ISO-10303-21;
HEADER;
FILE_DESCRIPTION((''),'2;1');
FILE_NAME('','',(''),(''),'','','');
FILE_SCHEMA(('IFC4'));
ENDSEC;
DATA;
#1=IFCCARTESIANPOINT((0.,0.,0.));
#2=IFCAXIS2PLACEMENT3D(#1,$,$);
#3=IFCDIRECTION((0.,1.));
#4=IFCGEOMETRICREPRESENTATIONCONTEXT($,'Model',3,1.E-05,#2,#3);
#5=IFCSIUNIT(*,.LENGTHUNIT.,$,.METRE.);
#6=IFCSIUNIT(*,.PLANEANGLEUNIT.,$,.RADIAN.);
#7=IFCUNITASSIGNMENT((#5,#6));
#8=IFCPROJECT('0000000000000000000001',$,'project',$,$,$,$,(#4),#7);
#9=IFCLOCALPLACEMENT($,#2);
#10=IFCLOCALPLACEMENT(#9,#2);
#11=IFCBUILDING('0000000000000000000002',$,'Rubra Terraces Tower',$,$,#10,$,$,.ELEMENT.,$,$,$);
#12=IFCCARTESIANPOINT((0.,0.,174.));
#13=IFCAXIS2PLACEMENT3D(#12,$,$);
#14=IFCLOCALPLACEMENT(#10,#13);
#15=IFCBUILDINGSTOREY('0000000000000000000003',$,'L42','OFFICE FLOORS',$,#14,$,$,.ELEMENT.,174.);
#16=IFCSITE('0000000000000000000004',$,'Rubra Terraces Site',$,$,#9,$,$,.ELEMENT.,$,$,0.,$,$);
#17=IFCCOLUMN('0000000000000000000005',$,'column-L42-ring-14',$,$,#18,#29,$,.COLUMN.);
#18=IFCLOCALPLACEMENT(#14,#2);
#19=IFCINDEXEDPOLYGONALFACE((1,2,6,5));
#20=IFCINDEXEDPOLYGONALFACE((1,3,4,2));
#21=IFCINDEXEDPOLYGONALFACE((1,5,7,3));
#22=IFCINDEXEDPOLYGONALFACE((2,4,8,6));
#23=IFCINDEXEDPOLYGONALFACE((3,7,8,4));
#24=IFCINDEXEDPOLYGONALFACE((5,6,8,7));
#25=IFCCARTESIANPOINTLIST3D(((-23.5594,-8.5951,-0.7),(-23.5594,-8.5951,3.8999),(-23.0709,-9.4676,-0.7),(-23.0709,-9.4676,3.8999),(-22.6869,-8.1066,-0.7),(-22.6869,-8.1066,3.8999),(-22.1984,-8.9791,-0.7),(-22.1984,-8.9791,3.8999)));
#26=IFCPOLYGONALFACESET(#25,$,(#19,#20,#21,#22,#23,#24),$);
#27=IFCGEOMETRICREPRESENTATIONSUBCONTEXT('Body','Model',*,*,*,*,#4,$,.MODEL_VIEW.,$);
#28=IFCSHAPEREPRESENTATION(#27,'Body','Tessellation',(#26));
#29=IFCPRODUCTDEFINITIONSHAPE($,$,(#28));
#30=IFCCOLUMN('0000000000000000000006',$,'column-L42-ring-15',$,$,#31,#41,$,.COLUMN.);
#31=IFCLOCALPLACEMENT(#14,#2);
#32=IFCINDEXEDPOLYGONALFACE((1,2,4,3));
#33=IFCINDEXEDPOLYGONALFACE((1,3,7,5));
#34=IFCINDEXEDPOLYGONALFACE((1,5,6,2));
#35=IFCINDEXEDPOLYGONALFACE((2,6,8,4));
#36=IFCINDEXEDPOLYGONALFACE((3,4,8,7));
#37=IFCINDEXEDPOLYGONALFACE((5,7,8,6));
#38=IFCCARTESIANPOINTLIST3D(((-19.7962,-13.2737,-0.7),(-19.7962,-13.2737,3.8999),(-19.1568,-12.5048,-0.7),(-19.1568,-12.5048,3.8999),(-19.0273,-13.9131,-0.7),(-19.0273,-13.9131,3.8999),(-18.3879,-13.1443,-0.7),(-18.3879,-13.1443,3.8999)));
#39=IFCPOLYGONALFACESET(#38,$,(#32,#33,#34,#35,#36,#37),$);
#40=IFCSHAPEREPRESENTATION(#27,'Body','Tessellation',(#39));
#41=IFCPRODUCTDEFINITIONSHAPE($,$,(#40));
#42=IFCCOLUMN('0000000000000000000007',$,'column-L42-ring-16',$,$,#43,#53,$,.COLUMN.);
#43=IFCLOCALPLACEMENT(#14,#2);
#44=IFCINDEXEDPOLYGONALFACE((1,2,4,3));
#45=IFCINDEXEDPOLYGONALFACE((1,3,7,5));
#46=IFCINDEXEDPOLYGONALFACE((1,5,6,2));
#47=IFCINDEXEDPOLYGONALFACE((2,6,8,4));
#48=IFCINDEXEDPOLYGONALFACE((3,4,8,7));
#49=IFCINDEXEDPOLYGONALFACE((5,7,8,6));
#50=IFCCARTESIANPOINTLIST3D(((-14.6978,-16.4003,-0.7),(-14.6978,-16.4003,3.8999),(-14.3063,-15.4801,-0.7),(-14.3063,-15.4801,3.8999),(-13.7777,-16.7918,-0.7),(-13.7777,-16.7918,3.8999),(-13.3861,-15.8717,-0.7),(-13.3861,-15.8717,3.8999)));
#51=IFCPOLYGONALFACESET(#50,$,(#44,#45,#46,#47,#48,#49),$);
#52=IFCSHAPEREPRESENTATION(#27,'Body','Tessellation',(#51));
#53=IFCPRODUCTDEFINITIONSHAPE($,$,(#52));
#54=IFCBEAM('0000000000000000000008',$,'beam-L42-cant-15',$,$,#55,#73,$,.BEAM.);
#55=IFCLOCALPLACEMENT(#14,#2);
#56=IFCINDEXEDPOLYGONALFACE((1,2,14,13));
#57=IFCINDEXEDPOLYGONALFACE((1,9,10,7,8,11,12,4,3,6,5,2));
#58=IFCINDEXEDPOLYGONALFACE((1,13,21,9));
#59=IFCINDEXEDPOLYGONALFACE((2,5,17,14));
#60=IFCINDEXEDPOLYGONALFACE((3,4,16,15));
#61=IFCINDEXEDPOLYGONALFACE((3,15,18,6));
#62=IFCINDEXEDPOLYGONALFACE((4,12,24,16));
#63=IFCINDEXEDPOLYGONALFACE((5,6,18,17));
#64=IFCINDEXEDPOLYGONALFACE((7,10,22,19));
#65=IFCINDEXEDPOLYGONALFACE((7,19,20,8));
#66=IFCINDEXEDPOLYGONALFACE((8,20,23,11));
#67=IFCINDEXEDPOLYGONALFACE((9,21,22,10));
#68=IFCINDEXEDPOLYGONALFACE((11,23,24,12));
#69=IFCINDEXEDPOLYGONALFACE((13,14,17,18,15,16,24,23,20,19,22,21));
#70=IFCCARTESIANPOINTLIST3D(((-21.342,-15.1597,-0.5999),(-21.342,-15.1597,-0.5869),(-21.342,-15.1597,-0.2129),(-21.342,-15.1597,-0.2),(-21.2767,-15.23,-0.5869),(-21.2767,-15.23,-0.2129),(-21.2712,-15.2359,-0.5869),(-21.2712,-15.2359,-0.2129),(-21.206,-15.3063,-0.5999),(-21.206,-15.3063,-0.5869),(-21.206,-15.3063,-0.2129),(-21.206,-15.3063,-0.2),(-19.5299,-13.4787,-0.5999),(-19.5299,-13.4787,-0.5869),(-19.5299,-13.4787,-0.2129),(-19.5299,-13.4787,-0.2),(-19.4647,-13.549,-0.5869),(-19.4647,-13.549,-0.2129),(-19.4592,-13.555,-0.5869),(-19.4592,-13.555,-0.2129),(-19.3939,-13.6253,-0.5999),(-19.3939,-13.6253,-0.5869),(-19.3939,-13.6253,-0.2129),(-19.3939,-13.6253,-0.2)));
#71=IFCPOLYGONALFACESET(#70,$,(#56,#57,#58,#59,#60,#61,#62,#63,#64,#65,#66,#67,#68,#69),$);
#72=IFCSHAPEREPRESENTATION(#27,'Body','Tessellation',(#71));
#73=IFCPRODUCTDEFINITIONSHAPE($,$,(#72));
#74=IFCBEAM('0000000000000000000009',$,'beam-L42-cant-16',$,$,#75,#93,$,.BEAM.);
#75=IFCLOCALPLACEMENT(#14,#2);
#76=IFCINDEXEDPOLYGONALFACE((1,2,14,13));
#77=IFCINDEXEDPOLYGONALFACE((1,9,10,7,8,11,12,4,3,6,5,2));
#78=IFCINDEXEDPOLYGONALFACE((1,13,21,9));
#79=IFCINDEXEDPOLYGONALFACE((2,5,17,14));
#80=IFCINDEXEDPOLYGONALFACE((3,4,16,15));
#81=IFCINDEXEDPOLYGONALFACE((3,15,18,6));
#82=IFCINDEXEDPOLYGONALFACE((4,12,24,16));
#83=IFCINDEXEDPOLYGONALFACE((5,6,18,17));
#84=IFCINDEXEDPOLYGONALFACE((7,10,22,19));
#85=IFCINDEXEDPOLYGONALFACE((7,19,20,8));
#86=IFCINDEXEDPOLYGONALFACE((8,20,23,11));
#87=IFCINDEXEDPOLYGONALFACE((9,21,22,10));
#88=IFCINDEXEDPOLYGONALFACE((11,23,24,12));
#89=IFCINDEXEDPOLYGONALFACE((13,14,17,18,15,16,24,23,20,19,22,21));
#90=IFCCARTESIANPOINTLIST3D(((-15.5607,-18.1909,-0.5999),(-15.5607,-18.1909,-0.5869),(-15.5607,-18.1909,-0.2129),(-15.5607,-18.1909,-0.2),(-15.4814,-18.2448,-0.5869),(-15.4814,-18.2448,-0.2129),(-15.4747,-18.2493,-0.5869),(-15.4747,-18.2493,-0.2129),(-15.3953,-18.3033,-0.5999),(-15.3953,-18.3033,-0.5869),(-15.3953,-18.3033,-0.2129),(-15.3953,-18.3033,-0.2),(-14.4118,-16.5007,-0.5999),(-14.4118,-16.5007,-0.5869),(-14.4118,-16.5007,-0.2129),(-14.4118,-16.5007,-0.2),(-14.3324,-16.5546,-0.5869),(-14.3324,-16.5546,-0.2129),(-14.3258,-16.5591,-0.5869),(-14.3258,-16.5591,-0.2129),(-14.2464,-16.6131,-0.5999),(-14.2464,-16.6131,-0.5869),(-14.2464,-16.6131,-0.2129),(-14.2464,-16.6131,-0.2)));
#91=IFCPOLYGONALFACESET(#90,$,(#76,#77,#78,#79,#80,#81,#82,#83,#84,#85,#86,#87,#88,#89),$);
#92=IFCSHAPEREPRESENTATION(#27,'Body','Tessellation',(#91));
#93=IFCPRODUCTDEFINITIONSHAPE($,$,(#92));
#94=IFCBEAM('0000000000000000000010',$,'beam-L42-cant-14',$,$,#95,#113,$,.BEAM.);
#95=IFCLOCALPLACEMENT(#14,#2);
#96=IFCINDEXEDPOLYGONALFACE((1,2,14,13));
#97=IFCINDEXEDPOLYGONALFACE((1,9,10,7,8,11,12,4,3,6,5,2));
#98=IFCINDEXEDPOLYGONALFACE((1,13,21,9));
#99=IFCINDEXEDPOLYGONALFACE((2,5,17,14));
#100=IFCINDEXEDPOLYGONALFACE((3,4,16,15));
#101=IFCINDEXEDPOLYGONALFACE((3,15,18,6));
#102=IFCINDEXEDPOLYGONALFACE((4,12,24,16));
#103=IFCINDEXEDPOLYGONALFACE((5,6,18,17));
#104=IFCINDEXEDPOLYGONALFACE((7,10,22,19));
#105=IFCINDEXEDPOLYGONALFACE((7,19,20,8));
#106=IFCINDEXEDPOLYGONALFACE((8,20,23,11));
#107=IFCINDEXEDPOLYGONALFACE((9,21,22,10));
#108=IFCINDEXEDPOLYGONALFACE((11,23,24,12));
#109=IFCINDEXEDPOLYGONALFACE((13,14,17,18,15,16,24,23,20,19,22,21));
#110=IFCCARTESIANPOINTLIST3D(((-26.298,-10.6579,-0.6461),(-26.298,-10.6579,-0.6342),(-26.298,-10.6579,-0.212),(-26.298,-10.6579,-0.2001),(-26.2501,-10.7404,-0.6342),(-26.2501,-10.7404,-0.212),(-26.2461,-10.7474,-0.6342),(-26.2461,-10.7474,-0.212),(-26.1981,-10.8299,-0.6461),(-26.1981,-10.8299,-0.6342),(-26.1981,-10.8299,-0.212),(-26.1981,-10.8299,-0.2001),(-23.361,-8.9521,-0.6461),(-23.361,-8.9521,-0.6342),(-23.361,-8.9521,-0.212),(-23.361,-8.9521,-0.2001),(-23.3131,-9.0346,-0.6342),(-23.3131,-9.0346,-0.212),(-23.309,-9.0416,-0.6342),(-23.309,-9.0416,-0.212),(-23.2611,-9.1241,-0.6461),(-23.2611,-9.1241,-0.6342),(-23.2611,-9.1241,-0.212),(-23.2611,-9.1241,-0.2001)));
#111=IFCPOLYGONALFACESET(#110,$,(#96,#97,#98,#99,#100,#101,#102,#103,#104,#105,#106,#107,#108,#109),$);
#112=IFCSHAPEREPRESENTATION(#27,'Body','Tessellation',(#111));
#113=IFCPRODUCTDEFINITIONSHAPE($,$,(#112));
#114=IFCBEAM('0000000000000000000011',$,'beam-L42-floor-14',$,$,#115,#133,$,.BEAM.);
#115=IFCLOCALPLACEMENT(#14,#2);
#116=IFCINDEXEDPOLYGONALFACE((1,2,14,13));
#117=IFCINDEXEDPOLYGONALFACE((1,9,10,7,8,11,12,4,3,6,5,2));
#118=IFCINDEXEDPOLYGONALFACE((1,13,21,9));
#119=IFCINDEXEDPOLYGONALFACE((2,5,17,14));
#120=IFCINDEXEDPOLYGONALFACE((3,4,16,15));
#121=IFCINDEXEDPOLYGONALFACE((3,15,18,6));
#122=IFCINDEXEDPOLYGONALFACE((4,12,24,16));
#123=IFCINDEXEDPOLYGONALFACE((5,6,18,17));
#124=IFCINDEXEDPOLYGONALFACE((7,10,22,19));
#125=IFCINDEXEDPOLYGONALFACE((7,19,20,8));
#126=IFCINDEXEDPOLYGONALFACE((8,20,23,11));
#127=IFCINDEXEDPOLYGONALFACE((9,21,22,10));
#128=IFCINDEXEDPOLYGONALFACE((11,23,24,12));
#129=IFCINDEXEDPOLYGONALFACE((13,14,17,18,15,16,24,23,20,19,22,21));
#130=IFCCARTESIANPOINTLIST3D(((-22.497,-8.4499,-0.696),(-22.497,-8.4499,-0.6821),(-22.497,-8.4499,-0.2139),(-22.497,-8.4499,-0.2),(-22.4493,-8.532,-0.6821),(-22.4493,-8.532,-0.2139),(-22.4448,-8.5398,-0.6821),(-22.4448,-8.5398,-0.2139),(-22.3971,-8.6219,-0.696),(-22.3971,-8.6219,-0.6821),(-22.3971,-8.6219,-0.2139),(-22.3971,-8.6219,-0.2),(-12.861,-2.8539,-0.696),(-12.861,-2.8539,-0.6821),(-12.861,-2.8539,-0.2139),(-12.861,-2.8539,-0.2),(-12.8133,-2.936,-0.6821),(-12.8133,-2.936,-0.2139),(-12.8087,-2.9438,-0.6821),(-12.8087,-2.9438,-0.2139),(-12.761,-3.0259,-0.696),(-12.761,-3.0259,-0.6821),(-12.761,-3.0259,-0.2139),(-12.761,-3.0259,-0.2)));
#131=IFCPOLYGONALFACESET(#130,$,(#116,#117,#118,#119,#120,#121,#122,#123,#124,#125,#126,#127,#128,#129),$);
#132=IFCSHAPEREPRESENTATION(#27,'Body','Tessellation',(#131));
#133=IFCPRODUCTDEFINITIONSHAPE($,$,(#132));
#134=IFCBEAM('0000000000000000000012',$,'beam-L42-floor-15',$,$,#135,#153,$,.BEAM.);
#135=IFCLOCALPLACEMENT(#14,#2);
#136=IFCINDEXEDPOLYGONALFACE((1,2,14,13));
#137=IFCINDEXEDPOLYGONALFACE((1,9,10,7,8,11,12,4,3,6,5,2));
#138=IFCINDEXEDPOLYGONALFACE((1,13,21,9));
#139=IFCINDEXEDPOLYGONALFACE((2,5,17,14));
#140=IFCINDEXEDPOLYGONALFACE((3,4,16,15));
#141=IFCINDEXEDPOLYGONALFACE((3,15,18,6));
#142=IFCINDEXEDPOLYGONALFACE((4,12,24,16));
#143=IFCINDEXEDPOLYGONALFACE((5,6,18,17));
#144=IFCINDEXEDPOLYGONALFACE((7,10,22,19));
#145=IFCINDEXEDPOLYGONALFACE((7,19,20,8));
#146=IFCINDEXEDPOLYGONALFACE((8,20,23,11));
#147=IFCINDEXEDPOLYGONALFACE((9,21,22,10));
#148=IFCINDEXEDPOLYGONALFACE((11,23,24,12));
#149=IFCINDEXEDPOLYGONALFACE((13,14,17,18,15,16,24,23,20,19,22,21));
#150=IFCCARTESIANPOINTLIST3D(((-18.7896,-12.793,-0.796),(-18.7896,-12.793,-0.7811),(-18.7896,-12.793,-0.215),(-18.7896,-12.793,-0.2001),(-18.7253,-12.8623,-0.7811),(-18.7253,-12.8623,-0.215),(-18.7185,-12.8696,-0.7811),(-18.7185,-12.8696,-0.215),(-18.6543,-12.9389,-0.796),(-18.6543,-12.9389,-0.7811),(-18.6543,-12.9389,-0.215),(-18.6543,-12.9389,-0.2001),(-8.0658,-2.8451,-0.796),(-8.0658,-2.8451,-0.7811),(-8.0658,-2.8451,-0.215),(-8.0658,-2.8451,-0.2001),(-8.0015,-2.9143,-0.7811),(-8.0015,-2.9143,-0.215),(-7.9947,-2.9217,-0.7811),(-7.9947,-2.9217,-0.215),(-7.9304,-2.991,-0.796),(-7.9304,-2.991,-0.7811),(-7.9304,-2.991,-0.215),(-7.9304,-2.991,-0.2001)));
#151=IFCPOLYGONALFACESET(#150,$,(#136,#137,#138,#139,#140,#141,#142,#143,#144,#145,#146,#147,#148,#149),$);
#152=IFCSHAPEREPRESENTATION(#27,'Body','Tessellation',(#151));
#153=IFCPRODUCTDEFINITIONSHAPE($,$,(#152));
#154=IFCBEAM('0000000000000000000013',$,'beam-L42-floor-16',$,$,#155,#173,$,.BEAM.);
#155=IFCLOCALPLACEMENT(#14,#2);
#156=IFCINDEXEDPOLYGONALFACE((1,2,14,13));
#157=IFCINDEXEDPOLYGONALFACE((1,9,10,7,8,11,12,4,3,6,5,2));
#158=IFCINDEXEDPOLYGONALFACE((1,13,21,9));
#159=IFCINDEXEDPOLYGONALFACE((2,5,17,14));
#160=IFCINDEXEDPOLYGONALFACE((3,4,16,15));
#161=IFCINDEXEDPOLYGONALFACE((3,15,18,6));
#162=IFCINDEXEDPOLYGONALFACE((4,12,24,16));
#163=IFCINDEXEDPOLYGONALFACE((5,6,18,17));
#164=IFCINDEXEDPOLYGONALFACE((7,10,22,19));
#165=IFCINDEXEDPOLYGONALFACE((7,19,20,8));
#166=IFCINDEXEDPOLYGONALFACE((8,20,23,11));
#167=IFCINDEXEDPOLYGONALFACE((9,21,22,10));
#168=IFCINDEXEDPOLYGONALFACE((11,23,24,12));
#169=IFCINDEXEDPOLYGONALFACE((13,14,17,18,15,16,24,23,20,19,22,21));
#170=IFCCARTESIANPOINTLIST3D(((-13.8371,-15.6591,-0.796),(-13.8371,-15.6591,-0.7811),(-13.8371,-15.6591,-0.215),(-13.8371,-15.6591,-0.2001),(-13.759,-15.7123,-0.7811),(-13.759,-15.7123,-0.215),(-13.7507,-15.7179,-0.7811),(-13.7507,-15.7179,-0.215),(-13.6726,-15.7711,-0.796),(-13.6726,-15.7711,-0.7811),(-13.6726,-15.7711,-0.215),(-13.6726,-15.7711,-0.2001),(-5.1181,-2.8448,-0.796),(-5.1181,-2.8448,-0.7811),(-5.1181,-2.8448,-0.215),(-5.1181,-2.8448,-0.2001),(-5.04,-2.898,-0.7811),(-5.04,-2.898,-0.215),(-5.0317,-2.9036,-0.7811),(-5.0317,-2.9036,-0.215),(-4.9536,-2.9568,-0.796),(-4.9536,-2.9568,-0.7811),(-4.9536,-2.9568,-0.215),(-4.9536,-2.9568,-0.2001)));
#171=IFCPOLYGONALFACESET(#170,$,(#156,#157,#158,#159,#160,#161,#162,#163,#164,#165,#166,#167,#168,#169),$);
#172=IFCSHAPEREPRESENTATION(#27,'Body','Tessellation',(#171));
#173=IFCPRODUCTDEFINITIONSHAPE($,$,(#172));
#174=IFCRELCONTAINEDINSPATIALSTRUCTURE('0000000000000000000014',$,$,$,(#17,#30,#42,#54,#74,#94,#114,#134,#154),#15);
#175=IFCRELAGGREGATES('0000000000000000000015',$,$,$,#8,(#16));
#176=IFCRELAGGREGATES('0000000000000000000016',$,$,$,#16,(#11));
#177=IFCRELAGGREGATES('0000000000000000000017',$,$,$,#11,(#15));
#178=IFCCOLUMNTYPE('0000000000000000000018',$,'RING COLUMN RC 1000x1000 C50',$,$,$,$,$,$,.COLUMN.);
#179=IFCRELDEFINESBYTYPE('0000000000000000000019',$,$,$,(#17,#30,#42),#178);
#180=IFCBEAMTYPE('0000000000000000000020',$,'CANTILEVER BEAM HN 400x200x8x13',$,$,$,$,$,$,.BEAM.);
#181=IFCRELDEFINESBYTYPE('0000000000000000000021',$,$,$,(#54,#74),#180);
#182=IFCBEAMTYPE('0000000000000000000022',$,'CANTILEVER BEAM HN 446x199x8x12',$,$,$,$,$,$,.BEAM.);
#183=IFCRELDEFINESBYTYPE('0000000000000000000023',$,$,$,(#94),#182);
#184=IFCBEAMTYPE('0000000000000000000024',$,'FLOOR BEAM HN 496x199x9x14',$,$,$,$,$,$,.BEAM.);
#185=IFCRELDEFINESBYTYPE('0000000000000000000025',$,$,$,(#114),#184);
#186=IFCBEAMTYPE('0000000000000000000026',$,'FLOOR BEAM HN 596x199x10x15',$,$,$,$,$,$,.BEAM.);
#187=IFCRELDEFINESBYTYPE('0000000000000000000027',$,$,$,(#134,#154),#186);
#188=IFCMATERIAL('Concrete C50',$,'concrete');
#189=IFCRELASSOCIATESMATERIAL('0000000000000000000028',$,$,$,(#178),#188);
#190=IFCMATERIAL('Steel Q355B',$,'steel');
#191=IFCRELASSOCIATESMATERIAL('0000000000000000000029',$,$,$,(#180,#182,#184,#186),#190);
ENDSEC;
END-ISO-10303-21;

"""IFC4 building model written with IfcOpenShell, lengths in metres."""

from ifc_helpers import new_model, si_unit, direction, frame, origin, origin_2d, place, context, subcontext, project, spatial, rectangle, i_section, extrude, material, material_profile, profile_set, type_object, element, save


model = new_model("IFC4")

# Units and contexts
model_context = context("Model", 3, precision=1e-05, world=origin(), true_north=direction((0.0, 1.0)))
body_context = subcontext(model_context, "Body", "Model", "MODEL_VIEW")
ifc_project = project(units=[si_unit("LENGTHUNIT", "METRE"), si_unit("PLANEANGLEUNIT", "RADIAN")], contexts=[model_context])

# Site, building, storey
site_placement = place(None, origin())
site = spatial("IfcSite", under=ifc_project, at=site_placement, Name="Rubra Terraces Site", CompositionType="ELEMENT", RefElevation=0.0)
building_placement = place(site_placement, origin())
building = spatial("IfcBuilding", under=site, at=building_placement, Name="Rubra Terraces Tower", CompositionType="ELEMENT")
storey_placement = place(building_placement, frame((0.0, 0.0, 174.0)))
storey = spatial("IfcBuildingStorey", under=building, at=storey_placement, Name="L42", Description="OFFICE FLOORS", CompositionType="ELEMENT", Elevation=174.0)

# Columns
ifc_material_1 = material(Name="Concrete C50", Category="concrete")
ifc_material_profile_1 = material_profile(ifc_material_1, rectangle(XDim=1.0, YDim=1.0, at=origin_2d()), Name="RC 1000x1000")
ifc_profile_set_1 = profile_set([ifc_material_profile_1], Name="Concrete C50")
column_type = type_object("IfcColumnType", Name="RING COLUMN RC 1000x1000 C50", PredefinedType="COLUMN", material=ifc_profile_set_1)
for number, where, z_axis, x_axis, name in (
    (1, (-22.8789, -8.7871, -0.7), (0.0, 0.0, 1.0), (0.488526, -0.872549, 0.0), "column-L42-ring-14"),
    (2, (-19.092, -13.209, -0.7), (0.0, 0.0, 1.0), (0.76887, -0.639405, 0.0), "column-L42-ring-15"),
    (3, (-14.042, -16.136, -0.7), (0.0, 0.0, 1.0), (0.920168, -0.391524, 0.0), "column-L42-ring-16"),
):
    element("IfcColumn", number, at=place(storey_placement, frame(where, z_axis=z_axis, x_axis=x_axis)), inside=storey, type_object=column_type, Name=name, PredefinedType="COLUMN", context=body_context, shape_type="SweptSolid", body=[
        extrude(rectangle(XDim=1.0, YDim=1.0, at=origin_2d()), origin(), (0.0, 0.0, 1.0), 4.5999),
    ])

# Beams
ifc_material_2 = material(Name="Steel Q355B", Category="steel")
ifc_material_profile_2 = material_profile(ifc_material_2, i_section(OverallWidth=0.2, OverallDepth=0.3999, WebThickness=0.0081, FlangeThickness=0.0129, at=origin_2d()), Name="HN 400x200x8x13")
ifc_profile_set_2 = profile_set([ifc_material_profile_2], Name="Steel Q355B")
beam_type_1 = type_object("IfcBeamType", Name="CANTILEVER BEAM HN 400x200x8x13", PredefinedType="BEAM", material=ifc_profile_set_2)
beam_1_placement = place(storey_placement, frame((-19.4619, -13.552, -0.3999), z_axis=(-0.733131, -0.680087, 0.0), x_axis=(0.680087, -0.733131, 0.0)))
element("IfcBeam", 4, at=beam_1_placement, inside=storey, type_object=beam_type_1, Name="beam-L42-cant-15", PredefinedType="BEAM", context=body_context, shape_type="SweptSolid", body=[
    extrude(i_section(OverallWidth=0.2, OverallDepth=0.3999, WebThickness=0.0081, FlangeThickness=0.0129, at=origin_2d()), origin(), (0.0, 0.0, 1.0), 2.4717),
])
beam_2_placement = place(storey_placement, frame((-14.3291, -16.5569, -0.3999), z_axis=(-0.562176, -0.827018, 0.0), x_axis=(0.827018, -0.562176, 0.0)))
element("IfcBeam", 5, at=beam_2_placement, inside=storey, type_object=beam_type_1, Name="beam-L42-cant-16", PredefinedType="BEAM", context=body_context, shape_type="SweptSolid", body=[
    extrude(i_section(OverallWidth=0.2, OverallDepth=0.3999, WebThickness=0.0081, FlangeThickness=0.0129, at=origin_2d()), origin(), (0.0, 0.0, 1.0), 2.0437),
])
ifc_material_profile_3 = material_profile(ifc_material_2, i_section(OverallWidth=0.199, OverallDepth=0.446, WebThickness=0.0081, FlangeThickness=0.012, at=origin_2d()), Name="HN 446x199x8x12")
ifc_profile_set_3 = profile_set([ifc_material_profile_3], Name="Steel Q355B")
beam_type_2 = type_object("IfcBeamType", Name="CANTILEVER BEAM HN 446x199x8x12", PredefinedType="BEAM", material=ifc_profile_set_3)
beam_3_placement = place(storey_placement, frame((-23.311, -9.0381, -0.4231), z_axis=(-0.864732, -0.502234, 0.0), x_axis=(0.502234, -0.864732, 0.0)))
element("IfcBeam", 6, at=beam_3_placement, inside=storey, type_object=beam_type_2, Name="beam-L42-cant-14", PredefinedType="BEAM", context=body_context, shape_type="SweptSolid", body=[
    extrude(i_section(OverallWidth=0.199, OverallDepth=0.446, WebThickness=0.0081, FlangeThickness=0.012, at=origin_2d()), origin(), (0.0, 0.0, 1.0), 3.3965),
])
ifc_material_profile_4 = material_profile(ifc_material_2, i_section(OverallWidth=0.199, OverallDepth=0.4961, WebThickness=0.009, FlangeThickness=0.0139, at=origin_2d()), Name="HN 496x199x9x14")
ifc_profile_set_4 = profile_set([ifc_material_profile_4], Name="Steel Q355B")
beam_type_3 = type_object("IfcBeamType", Name="FLOOR BEAM HN 496x199x9x14", PredefinedType="BEAM", material=ifc_profile_set_4)
beam_4_placement = place(storey_placement, frame((-22.447, -8.5359, -0.448), z_axis=(0.864755, 0.502193, 0.0), x_axis=(-0.502193, 0.864755, 0.0)))
element("IfcBeam", 7, at=beam_4_placement, inside=storey, type_object=beam_type_3, Name="beam-L42-floor-14", PredefinedType="BEAM", context=body_context, shape_type="SweptSolid", body=[
    extrude(i_section(OverallWidth=0.199, OverallDepth=0.4961, WebThickness=0.009, FlangeThickness=0.0139, at=origin_2d()), origin(), (0.0, 0.0, 1.0), 11.1431),
])
ifc_material_profile_5 = material_profile(ifc_material_2, i_section(OverallWidth=0.199, OverallDepth=0.5959, WebThickness=0.01, FlangeThickness=0.0149, at=origin_2d()), Name="HN 596x199x10x15")
ifc_profile_set_5 = profile_set([ifc_material_profile_5], Name="Steel Q355B")
beam_type_4 = type_object("IfcBeamType", Name="FLOOR BEAM HN 596x199x10x15", PredefinedType="BEAM", material=ifc_profile_set_5)
beam_5_placement = place(storey_placement, frame((-18.7219, -12.866, -0.498), z_axis=(0.73313, 0.680088, 0.0), x_axis=(-0.680088, 0.73313, 0.0)))
element("IfcBeam", 8, at=beam_5_placement, inside=storey, type_object=beam_type_4, Name="beam-L42-floor-15", PredefinedType="BEAM", context=body_context, shape_type="SweptSolid", body=[
    extrude(i_section(OverallWidth=0.199, OverallDepth=0.5959, WebThickness=0.01, FlangeThickness=0.0149, at=origin_2d()), origin(), (0.0, 0.0, 1.0), 14.6274),
])
beam_6_placement = place(storey_placement, frame((-13.7549, -15.7151, -0.498), z_axis=(0.562545, 0.826767, 0.0), x_axis=(-0.826767, 0.562545, 0.0)))
element("IfcBeam", 9, at=beam_6_placement, inside=storey, type_object=beam_type_4, Name="beam-L42-floor-16", PredefinedType="BEAM", context=body_context, shape_type="SweptSolid", body=[
    extrude(i_section(OverallWidth=0.199, OverallDepth=0.5959, WebThickness=0.01, FlangeThickness=0.0149, at=origin_2d()), origin(), (0.0, 0.0, 1.0), 15.4993),
])

save(model, "model.ifc")
